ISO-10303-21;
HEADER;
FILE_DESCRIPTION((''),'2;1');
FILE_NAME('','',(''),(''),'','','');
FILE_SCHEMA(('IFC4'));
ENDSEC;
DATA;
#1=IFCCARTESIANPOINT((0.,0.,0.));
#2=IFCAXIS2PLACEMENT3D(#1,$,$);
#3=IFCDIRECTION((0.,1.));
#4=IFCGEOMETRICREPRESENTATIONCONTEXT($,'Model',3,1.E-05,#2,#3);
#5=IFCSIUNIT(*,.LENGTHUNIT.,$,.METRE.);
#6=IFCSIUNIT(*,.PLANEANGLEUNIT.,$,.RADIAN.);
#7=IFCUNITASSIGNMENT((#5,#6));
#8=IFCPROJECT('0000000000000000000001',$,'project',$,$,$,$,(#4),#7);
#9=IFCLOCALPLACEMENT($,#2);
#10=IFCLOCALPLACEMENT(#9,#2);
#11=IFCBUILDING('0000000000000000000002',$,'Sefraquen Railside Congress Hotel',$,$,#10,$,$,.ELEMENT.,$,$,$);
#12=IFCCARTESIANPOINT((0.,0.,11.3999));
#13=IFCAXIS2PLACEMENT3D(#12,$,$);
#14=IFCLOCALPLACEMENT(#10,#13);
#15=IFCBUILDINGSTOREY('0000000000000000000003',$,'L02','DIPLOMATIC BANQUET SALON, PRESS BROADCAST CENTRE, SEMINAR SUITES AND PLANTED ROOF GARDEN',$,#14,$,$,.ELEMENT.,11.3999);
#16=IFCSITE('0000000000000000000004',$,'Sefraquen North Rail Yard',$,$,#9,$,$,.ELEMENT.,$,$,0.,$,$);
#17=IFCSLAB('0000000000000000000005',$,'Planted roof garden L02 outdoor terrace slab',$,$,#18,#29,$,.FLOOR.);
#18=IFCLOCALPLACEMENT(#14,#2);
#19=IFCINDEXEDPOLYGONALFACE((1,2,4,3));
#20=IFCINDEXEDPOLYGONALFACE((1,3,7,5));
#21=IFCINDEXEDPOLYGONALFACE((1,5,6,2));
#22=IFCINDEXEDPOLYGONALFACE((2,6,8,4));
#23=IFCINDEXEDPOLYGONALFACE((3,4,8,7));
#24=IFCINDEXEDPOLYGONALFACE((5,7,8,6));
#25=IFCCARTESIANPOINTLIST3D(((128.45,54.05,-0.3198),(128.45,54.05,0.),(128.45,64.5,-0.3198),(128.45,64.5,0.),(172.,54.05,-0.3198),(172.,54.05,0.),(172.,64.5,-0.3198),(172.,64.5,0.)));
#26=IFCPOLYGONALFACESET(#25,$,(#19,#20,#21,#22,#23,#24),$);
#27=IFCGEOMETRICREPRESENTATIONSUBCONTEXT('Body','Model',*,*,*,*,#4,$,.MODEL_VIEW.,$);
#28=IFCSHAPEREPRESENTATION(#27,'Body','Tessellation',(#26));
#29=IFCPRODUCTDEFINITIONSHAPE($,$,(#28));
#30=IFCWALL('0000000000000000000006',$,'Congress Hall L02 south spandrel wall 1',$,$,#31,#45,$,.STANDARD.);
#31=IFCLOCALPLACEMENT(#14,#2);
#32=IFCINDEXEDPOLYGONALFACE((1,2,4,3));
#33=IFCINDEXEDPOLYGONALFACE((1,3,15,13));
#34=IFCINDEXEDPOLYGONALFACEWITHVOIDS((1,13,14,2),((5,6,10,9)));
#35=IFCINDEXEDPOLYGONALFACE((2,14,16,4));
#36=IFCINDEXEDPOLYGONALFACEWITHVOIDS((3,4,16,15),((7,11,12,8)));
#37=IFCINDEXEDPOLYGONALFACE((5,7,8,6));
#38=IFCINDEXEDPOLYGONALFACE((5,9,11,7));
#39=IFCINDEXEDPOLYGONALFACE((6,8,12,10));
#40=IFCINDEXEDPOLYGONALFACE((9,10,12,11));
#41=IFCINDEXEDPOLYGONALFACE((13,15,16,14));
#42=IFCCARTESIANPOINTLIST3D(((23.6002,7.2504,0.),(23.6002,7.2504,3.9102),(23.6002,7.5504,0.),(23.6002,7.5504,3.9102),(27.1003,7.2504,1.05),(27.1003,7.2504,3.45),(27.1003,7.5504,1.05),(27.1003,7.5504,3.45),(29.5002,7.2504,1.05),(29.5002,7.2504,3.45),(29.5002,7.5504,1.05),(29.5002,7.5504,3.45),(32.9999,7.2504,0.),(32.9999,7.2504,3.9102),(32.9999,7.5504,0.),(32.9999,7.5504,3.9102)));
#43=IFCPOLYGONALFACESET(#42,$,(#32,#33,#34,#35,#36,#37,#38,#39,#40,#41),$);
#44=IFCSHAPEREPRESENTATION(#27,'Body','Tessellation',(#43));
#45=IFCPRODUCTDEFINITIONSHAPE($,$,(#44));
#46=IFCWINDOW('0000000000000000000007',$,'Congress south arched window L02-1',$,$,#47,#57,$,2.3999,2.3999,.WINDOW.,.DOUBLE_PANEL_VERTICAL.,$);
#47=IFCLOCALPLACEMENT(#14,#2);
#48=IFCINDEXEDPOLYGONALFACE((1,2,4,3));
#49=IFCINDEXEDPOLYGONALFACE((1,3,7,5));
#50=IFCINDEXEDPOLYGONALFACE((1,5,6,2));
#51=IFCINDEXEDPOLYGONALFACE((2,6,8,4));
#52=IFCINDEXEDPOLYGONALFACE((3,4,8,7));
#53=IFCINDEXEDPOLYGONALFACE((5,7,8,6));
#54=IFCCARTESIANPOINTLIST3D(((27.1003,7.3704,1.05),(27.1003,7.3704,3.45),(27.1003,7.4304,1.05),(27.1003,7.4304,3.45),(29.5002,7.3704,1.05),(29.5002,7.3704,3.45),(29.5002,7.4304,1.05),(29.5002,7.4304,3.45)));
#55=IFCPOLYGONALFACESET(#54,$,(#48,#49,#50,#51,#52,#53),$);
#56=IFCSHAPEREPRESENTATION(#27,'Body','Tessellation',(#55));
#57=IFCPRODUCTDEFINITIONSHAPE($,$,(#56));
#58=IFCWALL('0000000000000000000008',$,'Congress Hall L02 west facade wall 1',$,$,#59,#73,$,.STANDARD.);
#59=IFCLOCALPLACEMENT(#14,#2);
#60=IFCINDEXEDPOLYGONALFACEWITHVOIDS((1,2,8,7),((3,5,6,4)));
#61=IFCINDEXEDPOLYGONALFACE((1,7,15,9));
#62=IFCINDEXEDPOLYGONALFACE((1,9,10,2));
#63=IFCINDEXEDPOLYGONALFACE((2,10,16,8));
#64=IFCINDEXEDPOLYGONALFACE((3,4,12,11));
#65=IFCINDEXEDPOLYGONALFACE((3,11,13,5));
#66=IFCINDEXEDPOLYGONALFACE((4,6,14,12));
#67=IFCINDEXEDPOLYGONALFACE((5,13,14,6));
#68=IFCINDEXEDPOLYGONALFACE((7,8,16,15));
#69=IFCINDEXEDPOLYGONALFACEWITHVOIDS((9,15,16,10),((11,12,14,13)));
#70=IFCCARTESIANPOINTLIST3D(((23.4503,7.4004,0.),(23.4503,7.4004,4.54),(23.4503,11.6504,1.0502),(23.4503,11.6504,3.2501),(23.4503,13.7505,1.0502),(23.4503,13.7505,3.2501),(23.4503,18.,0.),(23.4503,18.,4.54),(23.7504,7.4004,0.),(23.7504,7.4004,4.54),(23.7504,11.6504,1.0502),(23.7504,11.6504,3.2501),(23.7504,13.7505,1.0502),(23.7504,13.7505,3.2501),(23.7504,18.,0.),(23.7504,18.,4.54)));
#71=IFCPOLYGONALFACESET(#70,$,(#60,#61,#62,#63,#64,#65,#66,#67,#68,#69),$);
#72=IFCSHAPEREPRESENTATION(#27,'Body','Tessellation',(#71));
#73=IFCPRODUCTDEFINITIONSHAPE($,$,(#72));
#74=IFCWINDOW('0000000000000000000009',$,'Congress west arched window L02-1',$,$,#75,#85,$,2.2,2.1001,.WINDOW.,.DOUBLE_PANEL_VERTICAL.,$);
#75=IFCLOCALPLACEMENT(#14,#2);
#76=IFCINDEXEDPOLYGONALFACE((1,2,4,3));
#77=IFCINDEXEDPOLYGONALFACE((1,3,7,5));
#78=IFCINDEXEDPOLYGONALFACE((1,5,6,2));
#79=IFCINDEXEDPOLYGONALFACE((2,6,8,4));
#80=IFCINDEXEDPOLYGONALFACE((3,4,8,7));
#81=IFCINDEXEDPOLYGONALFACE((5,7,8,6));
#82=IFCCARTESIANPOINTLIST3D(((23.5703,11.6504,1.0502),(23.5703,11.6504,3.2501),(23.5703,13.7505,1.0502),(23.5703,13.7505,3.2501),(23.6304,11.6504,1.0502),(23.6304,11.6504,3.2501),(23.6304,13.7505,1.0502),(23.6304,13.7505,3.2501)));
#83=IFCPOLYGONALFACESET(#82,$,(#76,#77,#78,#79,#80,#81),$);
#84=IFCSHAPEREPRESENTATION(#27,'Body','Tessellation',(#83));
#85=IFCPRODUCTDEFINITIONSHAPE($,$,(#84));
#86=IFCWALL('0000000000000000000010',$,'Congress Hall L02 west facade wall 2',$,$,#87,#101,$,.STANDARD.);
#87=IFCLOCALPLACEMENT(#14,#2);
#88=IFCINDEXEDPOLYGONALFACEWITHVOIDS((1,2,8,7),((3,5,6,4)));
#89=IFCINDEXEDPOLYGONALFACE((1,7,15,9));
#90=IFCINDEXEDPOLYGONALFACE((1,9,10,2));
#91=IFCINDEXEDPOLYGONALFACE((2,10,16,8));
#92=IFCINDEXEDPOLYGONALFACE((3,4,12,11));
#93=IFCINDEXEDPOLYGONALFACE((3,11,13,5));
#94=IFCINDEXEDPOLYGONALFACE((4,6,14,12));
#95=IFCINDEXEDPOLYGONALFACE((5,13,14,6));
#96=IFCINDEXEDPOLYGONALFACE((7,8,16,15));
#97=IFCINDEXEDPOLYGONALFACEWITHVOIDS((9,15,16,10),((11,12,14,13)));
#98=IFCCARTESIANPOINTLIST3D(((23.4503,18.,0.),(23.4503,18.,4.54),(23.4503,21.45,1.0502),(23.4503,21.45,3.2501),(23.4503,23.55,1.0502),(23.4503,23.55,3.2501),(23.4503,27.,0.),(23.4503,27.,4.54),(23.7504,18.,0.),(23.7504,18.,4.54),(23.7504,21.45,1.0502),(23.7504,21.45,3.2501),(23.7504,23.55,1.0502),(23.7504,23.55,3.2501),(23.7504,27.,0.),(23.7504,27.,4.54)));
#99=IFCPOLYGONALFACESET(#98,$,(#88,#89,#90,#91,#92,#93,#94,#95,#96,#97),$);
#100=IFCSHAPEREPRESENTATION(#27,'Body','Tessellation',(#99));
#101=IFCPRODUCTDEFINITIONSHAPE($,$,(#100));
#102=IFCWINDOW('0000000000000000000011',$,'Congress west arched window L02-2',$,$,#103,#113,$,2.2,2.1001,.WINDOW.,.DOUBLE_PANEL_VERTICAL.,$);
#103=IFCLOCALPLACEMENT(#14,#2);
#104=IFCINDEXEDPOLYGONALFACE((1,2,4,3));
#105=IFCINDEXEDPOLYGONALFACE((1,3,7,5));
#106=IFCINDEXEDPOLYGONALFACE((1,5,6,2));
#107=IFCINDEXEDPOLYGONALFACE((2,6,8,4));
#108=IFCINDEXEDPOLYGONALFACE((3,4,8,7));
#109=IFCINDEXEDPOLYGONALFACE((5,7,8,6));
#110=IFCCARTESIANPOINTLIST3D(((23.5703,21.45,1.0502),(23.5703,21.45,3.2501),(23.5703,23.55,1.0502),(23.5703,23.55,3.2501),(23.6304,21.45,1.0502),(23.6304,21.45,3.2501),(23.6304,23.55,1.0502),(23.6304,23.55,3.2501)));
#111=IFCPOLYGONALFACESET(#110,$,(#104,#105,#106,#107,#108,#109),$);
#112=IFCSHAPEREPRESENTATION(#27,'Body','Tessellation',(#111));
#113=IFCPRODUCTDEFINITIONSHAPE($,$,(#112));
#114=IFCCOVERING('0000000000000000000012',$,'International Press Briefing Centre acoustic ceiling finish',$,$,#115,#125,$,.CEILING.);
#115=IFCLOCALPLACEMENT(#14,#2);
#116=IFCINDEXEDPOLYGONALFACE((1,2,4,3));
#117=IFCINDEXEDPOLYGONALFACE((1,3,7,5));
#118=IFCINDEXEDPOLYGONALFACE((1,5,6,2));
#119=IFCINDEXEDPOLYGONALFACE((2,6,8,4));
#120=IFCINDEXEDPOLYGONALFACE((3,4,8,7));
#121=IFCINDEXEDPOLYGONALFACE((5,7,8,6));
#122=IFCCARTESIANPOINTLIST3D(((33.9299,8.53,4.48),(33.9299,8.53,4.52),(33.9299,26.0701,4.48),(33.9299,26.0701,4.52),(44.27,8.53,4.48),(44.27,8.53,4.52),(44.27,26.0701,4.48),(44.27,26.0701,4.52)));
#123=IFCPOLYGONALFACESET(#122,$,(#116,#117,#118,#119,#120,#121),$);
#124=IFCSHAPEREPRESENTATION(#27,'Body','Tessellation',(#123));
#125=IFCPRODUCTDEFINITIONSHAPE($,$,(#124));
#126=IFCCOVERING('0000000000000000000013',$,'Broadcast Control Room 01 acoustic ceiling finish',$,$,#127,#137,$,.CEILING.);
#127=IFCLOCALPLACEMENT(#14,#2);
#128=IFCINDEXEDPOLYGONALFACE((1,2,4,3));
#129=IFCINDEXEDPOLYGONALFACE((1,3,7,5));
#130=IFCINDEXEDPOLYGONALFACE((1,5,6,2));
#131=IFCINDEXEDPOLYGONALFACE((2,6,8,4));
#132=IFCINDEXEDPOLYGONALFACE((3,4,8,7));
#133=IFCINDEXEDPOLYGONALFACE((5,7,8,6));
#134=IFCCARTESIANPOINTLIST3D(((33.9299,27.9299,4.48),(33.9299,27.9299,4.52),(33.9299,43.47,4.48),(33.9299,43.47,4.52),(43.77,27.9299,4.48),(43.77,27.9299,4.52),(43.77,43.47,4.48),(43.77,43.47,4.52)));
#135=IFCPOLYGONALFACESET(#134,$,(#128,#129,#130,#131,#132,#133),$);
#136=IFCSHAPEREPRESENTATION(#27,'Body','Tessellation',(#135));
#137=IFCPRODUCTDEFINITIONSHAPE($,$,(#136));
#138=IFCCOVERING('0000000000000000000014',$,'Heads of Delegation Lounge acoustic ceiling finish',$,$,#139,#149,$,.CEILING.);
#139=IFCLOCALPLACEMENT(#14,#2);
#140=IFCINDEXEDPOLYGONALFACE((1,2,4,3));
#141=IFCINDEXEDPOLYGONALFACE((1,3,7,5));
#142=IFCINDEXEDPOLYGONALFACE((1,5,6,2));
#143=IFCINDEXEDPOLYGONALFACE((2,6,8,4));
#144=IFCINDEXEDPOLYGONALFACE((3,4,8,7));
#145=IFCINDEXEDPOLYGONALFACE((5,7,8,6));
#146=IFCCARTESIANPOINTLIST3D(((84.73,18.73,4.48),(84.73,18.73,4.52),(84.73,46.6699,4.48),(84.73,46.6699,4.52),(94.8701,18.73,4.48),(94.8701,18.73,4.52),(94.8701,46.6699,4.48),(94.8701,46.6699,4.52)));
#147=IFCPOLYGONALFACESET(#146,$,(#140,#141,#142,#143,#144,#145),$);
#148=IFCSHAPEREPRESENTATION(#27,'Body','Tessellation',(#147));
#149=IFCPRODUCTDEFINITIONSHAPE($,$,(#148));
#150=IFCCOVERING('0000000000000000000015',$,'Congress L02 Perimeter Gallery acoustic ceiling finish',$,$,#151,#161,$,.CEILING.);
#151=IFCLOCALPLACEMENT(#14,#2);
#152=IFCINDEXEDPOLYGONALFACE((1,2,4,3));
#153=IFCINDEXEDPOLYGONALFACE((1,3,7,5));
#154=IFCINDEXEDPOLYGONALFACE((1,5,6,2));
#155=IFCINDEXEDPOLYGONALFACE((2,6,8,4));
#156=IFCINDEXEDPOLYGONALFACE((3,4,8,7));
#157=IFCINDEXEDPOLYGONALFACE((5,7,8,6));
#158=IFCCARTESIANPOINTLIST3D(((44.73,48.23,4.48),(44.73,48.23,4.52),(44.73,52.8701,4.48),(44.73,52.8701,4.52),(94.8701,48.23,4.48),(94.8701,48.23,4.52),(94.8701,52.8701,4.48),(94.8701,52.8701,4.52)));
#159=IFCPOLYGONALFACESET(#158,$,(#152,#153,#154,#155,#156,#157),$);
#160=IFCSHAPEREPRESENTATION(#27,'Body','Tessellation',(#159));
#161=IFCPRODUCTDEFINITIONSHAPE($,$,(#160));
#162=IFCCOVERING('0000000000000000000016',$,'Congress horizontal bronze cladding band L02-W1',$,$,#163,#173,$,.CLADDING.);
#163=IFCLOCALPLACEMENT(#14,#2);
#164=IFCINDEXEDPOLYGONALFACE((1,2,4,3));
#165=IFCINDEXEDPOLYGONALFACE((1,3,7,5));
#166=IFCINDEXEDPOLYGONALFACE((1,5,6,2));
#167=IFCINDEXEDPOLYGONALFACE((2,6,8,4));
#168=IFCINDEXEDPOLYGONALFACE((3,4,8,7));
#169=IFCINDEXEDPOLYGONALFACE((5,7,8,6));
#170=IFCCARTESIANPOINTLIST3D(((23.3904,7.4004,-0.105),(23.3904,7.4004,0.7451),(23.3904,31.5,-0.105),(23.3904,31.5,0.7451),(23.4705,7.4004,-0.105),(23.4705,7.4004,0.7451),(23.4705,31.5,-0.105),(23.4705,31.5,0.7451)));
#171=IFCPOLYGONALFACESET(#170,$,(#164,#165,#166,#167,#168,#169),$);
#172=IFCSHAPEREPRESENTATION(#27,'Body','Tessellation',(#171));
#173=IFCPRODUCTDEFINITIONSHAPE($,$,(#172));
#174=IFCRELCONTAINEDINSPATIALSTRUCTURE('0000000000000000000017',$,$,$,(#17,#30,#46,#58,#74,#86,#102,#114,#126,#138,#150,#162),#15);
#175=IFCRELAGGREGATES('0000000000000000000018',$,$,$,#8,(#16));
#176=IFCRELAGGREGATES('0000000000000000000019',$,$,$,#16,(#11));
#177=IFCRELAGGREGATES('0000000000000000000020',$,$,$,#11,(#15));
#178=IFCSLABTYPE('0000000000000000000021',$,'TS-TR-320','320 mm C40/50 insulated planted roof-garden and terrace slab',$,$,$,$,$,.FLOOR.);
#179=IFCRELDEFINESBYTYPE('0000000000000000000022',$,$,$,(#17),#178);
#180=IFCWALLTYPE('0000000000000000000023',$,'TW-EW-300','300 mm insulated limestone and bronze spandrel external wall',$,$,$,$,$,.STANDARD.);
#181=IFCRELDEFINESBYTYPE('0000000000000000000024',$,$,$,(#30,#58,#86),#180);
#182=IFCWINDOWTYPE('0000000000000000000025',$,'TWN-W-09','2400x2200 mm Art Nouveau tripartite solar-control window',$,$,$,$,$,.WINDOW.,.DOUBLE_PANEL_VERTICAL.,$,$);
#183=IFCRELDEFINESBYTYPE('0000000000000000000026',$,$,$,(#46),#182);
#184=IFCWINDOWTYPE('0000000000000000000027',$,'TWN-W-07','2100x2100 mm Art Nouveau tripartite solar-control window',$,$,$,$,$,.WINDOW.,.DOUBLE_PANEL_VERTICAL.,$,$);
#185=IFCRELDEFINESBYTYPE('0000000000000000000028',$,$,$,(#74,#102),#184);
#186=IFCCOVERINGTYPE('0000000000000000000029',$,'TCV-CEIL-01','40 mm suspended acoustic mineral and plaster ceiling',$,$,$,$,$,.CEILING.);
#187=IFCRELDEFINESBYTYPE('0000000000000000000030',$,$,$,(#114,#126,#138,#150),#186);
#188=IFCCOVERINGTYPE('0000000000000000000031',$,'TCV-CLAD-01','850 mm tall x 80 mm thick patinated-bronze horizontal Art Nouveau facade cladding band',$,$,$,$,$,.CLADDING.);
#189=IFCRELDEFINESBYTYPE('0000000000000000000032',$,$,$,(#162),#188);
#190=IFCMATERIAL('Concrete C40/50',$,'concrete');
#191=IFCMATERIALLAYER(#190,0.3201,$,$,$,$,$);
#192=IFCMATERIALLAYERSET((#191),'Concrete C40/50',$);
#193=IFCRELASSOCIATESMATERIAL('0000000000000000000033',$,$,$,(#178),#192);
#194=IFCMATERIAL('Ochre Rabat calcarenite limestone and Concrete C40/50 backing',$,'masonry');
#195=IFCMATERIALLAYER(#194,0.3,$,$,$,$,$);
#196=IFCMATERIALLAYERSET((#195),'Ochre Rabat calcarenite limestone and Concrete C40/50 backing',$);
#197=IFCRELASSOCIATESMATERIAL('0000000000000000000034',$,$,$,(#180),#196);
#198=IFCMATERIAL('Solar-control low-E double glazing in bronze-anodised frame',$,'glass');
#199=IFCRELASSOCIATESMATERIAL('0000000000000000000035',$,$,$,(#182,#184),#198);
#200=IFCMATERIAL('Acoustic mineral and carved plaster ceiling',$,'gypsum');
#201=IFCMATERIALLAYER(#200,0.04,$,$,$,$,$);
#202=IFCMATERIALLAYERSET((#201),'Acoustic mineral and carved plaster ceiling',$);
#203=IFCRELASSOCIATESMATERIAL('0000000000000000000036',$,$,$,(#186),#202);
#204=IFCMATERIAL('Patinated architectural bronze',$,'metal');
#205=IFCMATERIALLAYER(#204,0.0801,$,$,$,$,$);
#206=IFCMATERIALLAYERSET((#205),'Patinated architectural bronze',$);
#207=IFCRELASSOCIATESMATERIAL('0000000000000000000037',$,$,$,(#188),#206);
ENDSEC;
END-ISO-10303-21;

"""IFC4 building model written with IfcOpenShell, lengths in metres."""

from ifc_helpers import new_model, si_unit, direction, frame, frame_2d, origin, origin_2d, place, context, subcontext, project, spatial, polyline, rectangle, outline, extrude, material, layer, layer_set, type_object, element, fill, save


model = new_model("IFC4")

# Units and contexts
model_context = context("Model", 3, precision=1e-05, world=origin(), true_north=direction((0.0, 1.0)))
body_context = subcontext(model_context, "Body", "Model", "MODEL_VIEW")
ifc_project = project(units=[si_unit("LENGTHUNIT", "METRE"), si_unit("PLANEANGLEUNIT", "RADIAN")], contexts=[model_context])

# Site, building, storey
site_placement = place(None, origin())
site = spatial("IfcSite", under=ifc_project, at=site_placement, Name="Sefraquen North Rail Yard", CompositionType="ELEMENT", RefElevation=0.0)
building_placement = place(site_placement, origin())
building = spatial("IfcBuilding", under=site, at=building_placement, Name="Sefraquen Railside Congress Hotel", CompositionType="ELEMENT")
storey_placement = place(building_placement, frame((0.0, 0.0, 11.3999)))
storey = spatial("IfcBuildingStorey", under=building, at=storey_placement, Name="L02", Description="DIPLOMATIC BANQUET SALON, PRESS BROADCAST CENTRE, SEMINAR SUITES AND PLANTED ROOF GARDEN", CompositionType="ELEMENT", Elevation=11.3999)

# Shared definitions
ifc_material_1 = material(Name="Concrete C40/50", Category="concrete")

# Slab
ifc_layer_1 = layer(ifc_material_1, 0.3201)
ifc_layer_set_1 = layer_set([ifc_layer_1], Name="Concrete C40/50")
slab_type_1 = type_object("IfcSlabType", Name="TS-TR-320", Description="320 mm C40/50 insulated planted roof-garden and terrace slab", PredefinedType="FLOOR", material=ifc_layer_set_1)
slab_1_placement = place(storey_placement, frame((0.0, 0.0, -0.3198)))
element("IfcSlab", 1, at=slab_1_placement, inside=storey, type_object=slab_type_1, Name="Planted roof garden L02 outdoor terrace slab", PredefinedType="FLOOR", context=body_context, shape_type="SweptSolid", body=[
    extrude(outline(polyline([(128.45, 54.05), (172.0, 54.05), (172.0, 64.5), (128.45, 64.5), (128.45, 54.05)])), origin(), (0.0, 0.0, 1.0), 0.3198),
])

# Walls, openings, windows
ifc_material_2 = material(Name="Ochre Rabat calcarenite limestone and Concrete C40/50 backing", Category="masonry")
ifc_layer_2 = layer(ifc_material_2, 0.3)
ifc_layer_set_2 = layer_set([ifc_layer_2], Name="Ochre Rabat calcarenite limestone and Concrete C40/50 backing")
wall_type = type_object("IfcWallType", Name="TW-EW-300", Description="300 mm insulated limestone and bronze spandrel external wall", PredefinedType="STANDARD", material=ifc_layer_set_2)
wall_1_placement = place(storey_placement, frame((23.6003, 7.4004, 0.0), z_axis=(0.0, 0.0, 1.0), x_axis=(1.0, 0.0, 0.0)))
wall_1 = element("IfcWall", 2, at=wall_1_placement, inside=storey, type_object=wall_type, Name="Congress Hall L02 south spandrel wall 1", PredefinedType="STANDARD", context=body_context, shape_type="SweptSolid", body=[
    extrude(rectangle(XDim=9.3997, YDim=0.3, at=frame_2d((4.6997, 0.0))), origin(), (0.0, 0.0, 1.0), 3.9102),
])
opening_1_placement = place(wall_1_placement, frame((3.5, 0.0, 1.05)))
opening_1 = element("IfcOpeningElement", 3, at=opening_1_placement, cuts=wall_1, PredefinedType="OPENING", context=body_context, shape_type="SweptSolid", body=[
    extrude(rectangle(XDim=2.3999, YDim=2.3999, at=frame_2d((1.2, 1.2))), frame((0.0, 0.1599, 0.0), z_axis=(0.0, -1.0, 0.0), x_axis=(1.0, 0.0, 0.0)), (0.0, 0.0, 1.0), 0.3201),
])
ifc_material_3 = material(Name="Solar-control low-E double glazing in bronze-anodised frame", Category="glass")
window_type_1 = type_object("IfcWindowType", Name="TWN-W-09", Description="2400x2200 mm Art Nouveau tripartite solar-control window", PartitioningType="DOUBLE_PANEL_VERTICAL", PredefinedType="WINDOW", material=ifc_material_3)
window_1_placement = place(opening_1_placement, origin())
window_1 = element("IfcWindow", 4, at=window_1_placement, inside=storey, type_object=window_type_1, Name="Congress south arched window L02-1", OverallHeight=2.3999, OverallWidth=2.3999, PartitioningType="DOUBLE_PANEL_VERTICAL", PredefinedType="WINDOW", context=body_context, shape_type="SweptSolid", body=[
    extrude(rectangle(XDim=2.3999, YDim=2.3999, at=frame_2d((1.2, 1.2))), frame((0.0, 0.03, 0.0), z_axis=(0.0, -1.0, 0.0), x_axis=(1.0, 0.0, 0.0)), (0.0, 0.0, 1.0), 0.0601),
])
fill(opening_1, window_1)
wall_2_placement = place(storey_placement, frame((23.6003, 7.4004, 0.0), z_axis=(0.0, 0.0, 1.0), x_axis=(0.0, 1.0, 0.0)))
wall_2 = element("IfcWall", 5, at=wall_2_placement, inside=storey, type_object=wall_type, Name="Congress Hall L02 west facade wall 1", PredefinedType="STANDARD", context=body_context, shape_type="SweptSolid", body=[
    extrude(rectangle(XDim=10.5996, YDim=0.3, at=frame_2d((5.2998, 0.0))), origin(), (0.0, 0.0, 1.0), 4.54),
])
opening_2_placement = place(wall_2_placement, frame((4.25, 0.0, 1.05)))
opening_2 = element("IfcOpeningElement", 6, at=opening_2_placement, cuts=wall_2, PredefinedType="OPENING", context=body_context, shape_type="SweptSolid", body=[
    extrude(rectangle(XDim=2.1001, YDim=2.2, at=frame_2d((1.05, 1.1001))), frame((0.0, 0.1599, 0.0), z_axis=(0.0, -1.0, 0.0), x_axis=(1.0, 0.0, 0.0)), (0.0, 0.0, 1.0), 0.3201),
])
window_type_2 = type_object("IfcWindowType", Name="TWN-W-07", Description="2100x2100 mm Art Nouveau tripartite solar-control window", PartitioningType="DOUBLE_PANEL_VERTICAL", PredefinedType="WINDOW", material=ifc_material_3)
window_2_placement = place(opening_2_placement, origin())
window_2 = element("IfcWindow", 7, at=window_2_placement, inside=storey, type_object=window_type_2, Name="Congress west arched window L02-1", OverallHeight=2.2, OverallWidth=2.1001, PartitioningType="DOUBLE_PANEL_VERTICAL", PredefinedType="WINDOW", context=body_context, shape_type="SweptSolid", body=[
    extrude(rectangle(XDim=2.1001, YDim=2.2, at=frame_2d((1.05, 1.1001))), frame((0.0, 0.03, 0.0), z_axis=(0.0, -1.0, 0.0), x_axis=(1.0, 0.0, 0.0)), (0.0, 0.0, 1.0), 0.0601),
])
fill(opening_2, window_2)
wall_3_placement = place(storey_placement, frame((23.6003, 18.0, 0.0), z_axis=(0.0, 0.0, 1.0), x_axis=(0.0, 1.0, 0.0)))
wall_3 = element("IfcWall", 8, at=wall_3_placement, inside=storey, type_object=wall_type, Name="Congress Hall L02 west facade wall 2", PredefinedType="STANDARD", context=body_context, shape_type="SweptSolid", body=[
    extrude(rectangle(XDim=9.0, YDim=0.3, at=frame_2d((4.5, 0.0))), origin(), (0.0, 0.0, 1.0), 4.54),
])
opening_3_placement = place(wall_3_placement, frame((3.45, 0.0, 1.05)))
opening_3 = element("IfcOpeningElement", 9, at=opening_3_placement, cuts=wall_3, PredefinedType="OPENING", context=body_context, shape_type="SweptSolid", body=[
    extrude(rectangle(XDim=2.1001, YDim=2.2, at=frame_2d((1.05, 1.1001))), frame((0.0, 0.1599, 0.0), z_axis=(0.0, -1.0, 0.0), x_axis=(1.0, 0.0, 0.0)), (0.0, 0.0, 1.0), 0.3201),
])
window_3_placement = place(opening_3_placement, origin())
window_3 = element("IfcWindow", 10, at=window_3_placement, inside=storey, type_object=window_type_2, Name="Congress west arched window L02-2", OverallHeight=2.2, OverallWidth=2.1001, PartitioningType="DOUBLE_PANEL_VERTICAL", PredefinedType="WINDOW", context=body_context, shape_type="SweptSolid", body=[
    extrude(rectangle(XDim=2.1001, YDim=2.2, at=frame_2d((1.05, 1.1001))), frame((0.0, 0.03, 0.0), z_axis=(0.0, -1.0, 0.0), x_axis=(1.0, 0.0, 0.0)), (0.0, 0.0, 1.0), 0.0601),
])
fill(opening_3, window_3)

# Coverings
ifc_material_4 = material(Name="Acoustic mineral and carved plaster ceiling", Category="gypsum")
ifc_layer_3 = layer(ifc_material_4, 0.04)
ifc_layer_set_3 = layer_set([ifc_layer_3], Name="Acoustic mineral and carved plaster ceiling")
covering_type_1 = type_object("IfcCoveringType", Name="TCV-CEIL-01", Description="40 mm suspended acoustic mineral and plaster ceiling", PredefinedType="CEILING", material=ifc_layer_set_3)
covering_1_placement = place(storey_placement, frame((0.0, 0.0, 4.48)))
element("IfcCovering", 11, at=covering_1_placement, inside=storey, type_object=covering_type_1, Name="International Press Briefing Centre acoustic ceiling finish", PredefinedType="CEILING", context=body_context, shape_type="SweptSolid", body=[
    extrude(outline(polyline([(33.9299, 8.53), (44.27, 8.53), (44.27, 26.0701), (33.9299, 26.0701), (33.9299, 8.53)])), origin(), (0.0, 0.0, 1.0), 0.04),
])
covering_2_placement = place(storey_placement, frame((0.0, 0.0, 4.48)))
element("IfcCovering", 12, at=covering_2_placement, inside=storey, type_object=covering_type_1, Name="Broadcast Control Room 01 acoustic ceiling finish", PredefinedType="CEILING", context=body_context, shape_type="SweptSolid", body=[
    extrude(outline(polyline([(33.9299, 27.9299), (43.77, 27.9299), (43.77, 43.47), (33.9299, 43.47), (33.9299, 27.9299)])), origin(), (0.0, 0.0, 1.0), 0.04),
])
covering_3_placement = place(storey_placement, frame((0.0, 0.0, 4.48)))
element("IfcCovering", 13, at=covering_3_placement, inside=storey, type_object=covering_type_1, Name="Heads of Delegation Lounge acoustic ceiling finish", PredefinedType="CEILING", context=body_context, shape_type="SweptSolid", body=[
    extrude(outline(polyline([(84.73, 18.73), (94.8701, 18.73), (94.8701, 46.6699), (84.73, 46.6699), (84.73, 18.73)])), origin(), (0.0, 0.0, 1.0), 0.04),
])
covering_4_placement = place(storey_placement, frame((0.0, 0.0, 4.48)))
element("IfcCovering", 14, at=covering_4_placement, inside=storey, type_object=covering_type_1, Name="Congress L02 Perimeter Gallery acoustic ceiling finish", PredefinedType="CEILING", context=body_context, shape_type="SweptSolid", body=[
    extrude(outline(polyline([(44.73, 48.23), (94.8701, 48.23), (94.8701, 52.8701), (44.73, 52.8701), (44.73, 48.23)])), origin(), (0.0, 0.0, 1.0), 0.04),
])
ifc_material_5 = material(Name="Patinated architectural bronze", Category="metal")
ifc_layer_4 = layer(ifc_material_5, 0.0801)
ifc_layer_set_4 = layer_set([ifc_layer_4], Name="Patinated architectural bronze")
covering_type_2 = type_object("IfcCoveringType", Name="TCV-CLAD-01", Description="850 mm tall x 80 mm thick patinated-bronze horizontal Art Nouveau facade cladding band", PredefinedType="CLADDING", material=ifc_layer_set_4)
for number, where, z_axis, x_axis, name in (
    (15, (23.4304, 19.4502, -0.105), (0.0, 0.0, 1.0), (1.0, 0.0, 0.0), "Congress horizontal bronze cladding band L02-W1"),
):
    element("IfcCovering", number, at=place(storey_placement, frame(where, z_axis=z_axis, x_axis=x_axis)), inside=storey, type_object=covering_type_2, Name=name, PredefinedType="CLADDING", context=body_context, shape_type="SweptSolid", body=[
        extrude(rectangle(XDim=0.0801, YDim=24.0996, at=origin_2d()), origin(), (0.0, 0.0, 1.0), 0.8501),
    ])

save(model, "model.ifc")
